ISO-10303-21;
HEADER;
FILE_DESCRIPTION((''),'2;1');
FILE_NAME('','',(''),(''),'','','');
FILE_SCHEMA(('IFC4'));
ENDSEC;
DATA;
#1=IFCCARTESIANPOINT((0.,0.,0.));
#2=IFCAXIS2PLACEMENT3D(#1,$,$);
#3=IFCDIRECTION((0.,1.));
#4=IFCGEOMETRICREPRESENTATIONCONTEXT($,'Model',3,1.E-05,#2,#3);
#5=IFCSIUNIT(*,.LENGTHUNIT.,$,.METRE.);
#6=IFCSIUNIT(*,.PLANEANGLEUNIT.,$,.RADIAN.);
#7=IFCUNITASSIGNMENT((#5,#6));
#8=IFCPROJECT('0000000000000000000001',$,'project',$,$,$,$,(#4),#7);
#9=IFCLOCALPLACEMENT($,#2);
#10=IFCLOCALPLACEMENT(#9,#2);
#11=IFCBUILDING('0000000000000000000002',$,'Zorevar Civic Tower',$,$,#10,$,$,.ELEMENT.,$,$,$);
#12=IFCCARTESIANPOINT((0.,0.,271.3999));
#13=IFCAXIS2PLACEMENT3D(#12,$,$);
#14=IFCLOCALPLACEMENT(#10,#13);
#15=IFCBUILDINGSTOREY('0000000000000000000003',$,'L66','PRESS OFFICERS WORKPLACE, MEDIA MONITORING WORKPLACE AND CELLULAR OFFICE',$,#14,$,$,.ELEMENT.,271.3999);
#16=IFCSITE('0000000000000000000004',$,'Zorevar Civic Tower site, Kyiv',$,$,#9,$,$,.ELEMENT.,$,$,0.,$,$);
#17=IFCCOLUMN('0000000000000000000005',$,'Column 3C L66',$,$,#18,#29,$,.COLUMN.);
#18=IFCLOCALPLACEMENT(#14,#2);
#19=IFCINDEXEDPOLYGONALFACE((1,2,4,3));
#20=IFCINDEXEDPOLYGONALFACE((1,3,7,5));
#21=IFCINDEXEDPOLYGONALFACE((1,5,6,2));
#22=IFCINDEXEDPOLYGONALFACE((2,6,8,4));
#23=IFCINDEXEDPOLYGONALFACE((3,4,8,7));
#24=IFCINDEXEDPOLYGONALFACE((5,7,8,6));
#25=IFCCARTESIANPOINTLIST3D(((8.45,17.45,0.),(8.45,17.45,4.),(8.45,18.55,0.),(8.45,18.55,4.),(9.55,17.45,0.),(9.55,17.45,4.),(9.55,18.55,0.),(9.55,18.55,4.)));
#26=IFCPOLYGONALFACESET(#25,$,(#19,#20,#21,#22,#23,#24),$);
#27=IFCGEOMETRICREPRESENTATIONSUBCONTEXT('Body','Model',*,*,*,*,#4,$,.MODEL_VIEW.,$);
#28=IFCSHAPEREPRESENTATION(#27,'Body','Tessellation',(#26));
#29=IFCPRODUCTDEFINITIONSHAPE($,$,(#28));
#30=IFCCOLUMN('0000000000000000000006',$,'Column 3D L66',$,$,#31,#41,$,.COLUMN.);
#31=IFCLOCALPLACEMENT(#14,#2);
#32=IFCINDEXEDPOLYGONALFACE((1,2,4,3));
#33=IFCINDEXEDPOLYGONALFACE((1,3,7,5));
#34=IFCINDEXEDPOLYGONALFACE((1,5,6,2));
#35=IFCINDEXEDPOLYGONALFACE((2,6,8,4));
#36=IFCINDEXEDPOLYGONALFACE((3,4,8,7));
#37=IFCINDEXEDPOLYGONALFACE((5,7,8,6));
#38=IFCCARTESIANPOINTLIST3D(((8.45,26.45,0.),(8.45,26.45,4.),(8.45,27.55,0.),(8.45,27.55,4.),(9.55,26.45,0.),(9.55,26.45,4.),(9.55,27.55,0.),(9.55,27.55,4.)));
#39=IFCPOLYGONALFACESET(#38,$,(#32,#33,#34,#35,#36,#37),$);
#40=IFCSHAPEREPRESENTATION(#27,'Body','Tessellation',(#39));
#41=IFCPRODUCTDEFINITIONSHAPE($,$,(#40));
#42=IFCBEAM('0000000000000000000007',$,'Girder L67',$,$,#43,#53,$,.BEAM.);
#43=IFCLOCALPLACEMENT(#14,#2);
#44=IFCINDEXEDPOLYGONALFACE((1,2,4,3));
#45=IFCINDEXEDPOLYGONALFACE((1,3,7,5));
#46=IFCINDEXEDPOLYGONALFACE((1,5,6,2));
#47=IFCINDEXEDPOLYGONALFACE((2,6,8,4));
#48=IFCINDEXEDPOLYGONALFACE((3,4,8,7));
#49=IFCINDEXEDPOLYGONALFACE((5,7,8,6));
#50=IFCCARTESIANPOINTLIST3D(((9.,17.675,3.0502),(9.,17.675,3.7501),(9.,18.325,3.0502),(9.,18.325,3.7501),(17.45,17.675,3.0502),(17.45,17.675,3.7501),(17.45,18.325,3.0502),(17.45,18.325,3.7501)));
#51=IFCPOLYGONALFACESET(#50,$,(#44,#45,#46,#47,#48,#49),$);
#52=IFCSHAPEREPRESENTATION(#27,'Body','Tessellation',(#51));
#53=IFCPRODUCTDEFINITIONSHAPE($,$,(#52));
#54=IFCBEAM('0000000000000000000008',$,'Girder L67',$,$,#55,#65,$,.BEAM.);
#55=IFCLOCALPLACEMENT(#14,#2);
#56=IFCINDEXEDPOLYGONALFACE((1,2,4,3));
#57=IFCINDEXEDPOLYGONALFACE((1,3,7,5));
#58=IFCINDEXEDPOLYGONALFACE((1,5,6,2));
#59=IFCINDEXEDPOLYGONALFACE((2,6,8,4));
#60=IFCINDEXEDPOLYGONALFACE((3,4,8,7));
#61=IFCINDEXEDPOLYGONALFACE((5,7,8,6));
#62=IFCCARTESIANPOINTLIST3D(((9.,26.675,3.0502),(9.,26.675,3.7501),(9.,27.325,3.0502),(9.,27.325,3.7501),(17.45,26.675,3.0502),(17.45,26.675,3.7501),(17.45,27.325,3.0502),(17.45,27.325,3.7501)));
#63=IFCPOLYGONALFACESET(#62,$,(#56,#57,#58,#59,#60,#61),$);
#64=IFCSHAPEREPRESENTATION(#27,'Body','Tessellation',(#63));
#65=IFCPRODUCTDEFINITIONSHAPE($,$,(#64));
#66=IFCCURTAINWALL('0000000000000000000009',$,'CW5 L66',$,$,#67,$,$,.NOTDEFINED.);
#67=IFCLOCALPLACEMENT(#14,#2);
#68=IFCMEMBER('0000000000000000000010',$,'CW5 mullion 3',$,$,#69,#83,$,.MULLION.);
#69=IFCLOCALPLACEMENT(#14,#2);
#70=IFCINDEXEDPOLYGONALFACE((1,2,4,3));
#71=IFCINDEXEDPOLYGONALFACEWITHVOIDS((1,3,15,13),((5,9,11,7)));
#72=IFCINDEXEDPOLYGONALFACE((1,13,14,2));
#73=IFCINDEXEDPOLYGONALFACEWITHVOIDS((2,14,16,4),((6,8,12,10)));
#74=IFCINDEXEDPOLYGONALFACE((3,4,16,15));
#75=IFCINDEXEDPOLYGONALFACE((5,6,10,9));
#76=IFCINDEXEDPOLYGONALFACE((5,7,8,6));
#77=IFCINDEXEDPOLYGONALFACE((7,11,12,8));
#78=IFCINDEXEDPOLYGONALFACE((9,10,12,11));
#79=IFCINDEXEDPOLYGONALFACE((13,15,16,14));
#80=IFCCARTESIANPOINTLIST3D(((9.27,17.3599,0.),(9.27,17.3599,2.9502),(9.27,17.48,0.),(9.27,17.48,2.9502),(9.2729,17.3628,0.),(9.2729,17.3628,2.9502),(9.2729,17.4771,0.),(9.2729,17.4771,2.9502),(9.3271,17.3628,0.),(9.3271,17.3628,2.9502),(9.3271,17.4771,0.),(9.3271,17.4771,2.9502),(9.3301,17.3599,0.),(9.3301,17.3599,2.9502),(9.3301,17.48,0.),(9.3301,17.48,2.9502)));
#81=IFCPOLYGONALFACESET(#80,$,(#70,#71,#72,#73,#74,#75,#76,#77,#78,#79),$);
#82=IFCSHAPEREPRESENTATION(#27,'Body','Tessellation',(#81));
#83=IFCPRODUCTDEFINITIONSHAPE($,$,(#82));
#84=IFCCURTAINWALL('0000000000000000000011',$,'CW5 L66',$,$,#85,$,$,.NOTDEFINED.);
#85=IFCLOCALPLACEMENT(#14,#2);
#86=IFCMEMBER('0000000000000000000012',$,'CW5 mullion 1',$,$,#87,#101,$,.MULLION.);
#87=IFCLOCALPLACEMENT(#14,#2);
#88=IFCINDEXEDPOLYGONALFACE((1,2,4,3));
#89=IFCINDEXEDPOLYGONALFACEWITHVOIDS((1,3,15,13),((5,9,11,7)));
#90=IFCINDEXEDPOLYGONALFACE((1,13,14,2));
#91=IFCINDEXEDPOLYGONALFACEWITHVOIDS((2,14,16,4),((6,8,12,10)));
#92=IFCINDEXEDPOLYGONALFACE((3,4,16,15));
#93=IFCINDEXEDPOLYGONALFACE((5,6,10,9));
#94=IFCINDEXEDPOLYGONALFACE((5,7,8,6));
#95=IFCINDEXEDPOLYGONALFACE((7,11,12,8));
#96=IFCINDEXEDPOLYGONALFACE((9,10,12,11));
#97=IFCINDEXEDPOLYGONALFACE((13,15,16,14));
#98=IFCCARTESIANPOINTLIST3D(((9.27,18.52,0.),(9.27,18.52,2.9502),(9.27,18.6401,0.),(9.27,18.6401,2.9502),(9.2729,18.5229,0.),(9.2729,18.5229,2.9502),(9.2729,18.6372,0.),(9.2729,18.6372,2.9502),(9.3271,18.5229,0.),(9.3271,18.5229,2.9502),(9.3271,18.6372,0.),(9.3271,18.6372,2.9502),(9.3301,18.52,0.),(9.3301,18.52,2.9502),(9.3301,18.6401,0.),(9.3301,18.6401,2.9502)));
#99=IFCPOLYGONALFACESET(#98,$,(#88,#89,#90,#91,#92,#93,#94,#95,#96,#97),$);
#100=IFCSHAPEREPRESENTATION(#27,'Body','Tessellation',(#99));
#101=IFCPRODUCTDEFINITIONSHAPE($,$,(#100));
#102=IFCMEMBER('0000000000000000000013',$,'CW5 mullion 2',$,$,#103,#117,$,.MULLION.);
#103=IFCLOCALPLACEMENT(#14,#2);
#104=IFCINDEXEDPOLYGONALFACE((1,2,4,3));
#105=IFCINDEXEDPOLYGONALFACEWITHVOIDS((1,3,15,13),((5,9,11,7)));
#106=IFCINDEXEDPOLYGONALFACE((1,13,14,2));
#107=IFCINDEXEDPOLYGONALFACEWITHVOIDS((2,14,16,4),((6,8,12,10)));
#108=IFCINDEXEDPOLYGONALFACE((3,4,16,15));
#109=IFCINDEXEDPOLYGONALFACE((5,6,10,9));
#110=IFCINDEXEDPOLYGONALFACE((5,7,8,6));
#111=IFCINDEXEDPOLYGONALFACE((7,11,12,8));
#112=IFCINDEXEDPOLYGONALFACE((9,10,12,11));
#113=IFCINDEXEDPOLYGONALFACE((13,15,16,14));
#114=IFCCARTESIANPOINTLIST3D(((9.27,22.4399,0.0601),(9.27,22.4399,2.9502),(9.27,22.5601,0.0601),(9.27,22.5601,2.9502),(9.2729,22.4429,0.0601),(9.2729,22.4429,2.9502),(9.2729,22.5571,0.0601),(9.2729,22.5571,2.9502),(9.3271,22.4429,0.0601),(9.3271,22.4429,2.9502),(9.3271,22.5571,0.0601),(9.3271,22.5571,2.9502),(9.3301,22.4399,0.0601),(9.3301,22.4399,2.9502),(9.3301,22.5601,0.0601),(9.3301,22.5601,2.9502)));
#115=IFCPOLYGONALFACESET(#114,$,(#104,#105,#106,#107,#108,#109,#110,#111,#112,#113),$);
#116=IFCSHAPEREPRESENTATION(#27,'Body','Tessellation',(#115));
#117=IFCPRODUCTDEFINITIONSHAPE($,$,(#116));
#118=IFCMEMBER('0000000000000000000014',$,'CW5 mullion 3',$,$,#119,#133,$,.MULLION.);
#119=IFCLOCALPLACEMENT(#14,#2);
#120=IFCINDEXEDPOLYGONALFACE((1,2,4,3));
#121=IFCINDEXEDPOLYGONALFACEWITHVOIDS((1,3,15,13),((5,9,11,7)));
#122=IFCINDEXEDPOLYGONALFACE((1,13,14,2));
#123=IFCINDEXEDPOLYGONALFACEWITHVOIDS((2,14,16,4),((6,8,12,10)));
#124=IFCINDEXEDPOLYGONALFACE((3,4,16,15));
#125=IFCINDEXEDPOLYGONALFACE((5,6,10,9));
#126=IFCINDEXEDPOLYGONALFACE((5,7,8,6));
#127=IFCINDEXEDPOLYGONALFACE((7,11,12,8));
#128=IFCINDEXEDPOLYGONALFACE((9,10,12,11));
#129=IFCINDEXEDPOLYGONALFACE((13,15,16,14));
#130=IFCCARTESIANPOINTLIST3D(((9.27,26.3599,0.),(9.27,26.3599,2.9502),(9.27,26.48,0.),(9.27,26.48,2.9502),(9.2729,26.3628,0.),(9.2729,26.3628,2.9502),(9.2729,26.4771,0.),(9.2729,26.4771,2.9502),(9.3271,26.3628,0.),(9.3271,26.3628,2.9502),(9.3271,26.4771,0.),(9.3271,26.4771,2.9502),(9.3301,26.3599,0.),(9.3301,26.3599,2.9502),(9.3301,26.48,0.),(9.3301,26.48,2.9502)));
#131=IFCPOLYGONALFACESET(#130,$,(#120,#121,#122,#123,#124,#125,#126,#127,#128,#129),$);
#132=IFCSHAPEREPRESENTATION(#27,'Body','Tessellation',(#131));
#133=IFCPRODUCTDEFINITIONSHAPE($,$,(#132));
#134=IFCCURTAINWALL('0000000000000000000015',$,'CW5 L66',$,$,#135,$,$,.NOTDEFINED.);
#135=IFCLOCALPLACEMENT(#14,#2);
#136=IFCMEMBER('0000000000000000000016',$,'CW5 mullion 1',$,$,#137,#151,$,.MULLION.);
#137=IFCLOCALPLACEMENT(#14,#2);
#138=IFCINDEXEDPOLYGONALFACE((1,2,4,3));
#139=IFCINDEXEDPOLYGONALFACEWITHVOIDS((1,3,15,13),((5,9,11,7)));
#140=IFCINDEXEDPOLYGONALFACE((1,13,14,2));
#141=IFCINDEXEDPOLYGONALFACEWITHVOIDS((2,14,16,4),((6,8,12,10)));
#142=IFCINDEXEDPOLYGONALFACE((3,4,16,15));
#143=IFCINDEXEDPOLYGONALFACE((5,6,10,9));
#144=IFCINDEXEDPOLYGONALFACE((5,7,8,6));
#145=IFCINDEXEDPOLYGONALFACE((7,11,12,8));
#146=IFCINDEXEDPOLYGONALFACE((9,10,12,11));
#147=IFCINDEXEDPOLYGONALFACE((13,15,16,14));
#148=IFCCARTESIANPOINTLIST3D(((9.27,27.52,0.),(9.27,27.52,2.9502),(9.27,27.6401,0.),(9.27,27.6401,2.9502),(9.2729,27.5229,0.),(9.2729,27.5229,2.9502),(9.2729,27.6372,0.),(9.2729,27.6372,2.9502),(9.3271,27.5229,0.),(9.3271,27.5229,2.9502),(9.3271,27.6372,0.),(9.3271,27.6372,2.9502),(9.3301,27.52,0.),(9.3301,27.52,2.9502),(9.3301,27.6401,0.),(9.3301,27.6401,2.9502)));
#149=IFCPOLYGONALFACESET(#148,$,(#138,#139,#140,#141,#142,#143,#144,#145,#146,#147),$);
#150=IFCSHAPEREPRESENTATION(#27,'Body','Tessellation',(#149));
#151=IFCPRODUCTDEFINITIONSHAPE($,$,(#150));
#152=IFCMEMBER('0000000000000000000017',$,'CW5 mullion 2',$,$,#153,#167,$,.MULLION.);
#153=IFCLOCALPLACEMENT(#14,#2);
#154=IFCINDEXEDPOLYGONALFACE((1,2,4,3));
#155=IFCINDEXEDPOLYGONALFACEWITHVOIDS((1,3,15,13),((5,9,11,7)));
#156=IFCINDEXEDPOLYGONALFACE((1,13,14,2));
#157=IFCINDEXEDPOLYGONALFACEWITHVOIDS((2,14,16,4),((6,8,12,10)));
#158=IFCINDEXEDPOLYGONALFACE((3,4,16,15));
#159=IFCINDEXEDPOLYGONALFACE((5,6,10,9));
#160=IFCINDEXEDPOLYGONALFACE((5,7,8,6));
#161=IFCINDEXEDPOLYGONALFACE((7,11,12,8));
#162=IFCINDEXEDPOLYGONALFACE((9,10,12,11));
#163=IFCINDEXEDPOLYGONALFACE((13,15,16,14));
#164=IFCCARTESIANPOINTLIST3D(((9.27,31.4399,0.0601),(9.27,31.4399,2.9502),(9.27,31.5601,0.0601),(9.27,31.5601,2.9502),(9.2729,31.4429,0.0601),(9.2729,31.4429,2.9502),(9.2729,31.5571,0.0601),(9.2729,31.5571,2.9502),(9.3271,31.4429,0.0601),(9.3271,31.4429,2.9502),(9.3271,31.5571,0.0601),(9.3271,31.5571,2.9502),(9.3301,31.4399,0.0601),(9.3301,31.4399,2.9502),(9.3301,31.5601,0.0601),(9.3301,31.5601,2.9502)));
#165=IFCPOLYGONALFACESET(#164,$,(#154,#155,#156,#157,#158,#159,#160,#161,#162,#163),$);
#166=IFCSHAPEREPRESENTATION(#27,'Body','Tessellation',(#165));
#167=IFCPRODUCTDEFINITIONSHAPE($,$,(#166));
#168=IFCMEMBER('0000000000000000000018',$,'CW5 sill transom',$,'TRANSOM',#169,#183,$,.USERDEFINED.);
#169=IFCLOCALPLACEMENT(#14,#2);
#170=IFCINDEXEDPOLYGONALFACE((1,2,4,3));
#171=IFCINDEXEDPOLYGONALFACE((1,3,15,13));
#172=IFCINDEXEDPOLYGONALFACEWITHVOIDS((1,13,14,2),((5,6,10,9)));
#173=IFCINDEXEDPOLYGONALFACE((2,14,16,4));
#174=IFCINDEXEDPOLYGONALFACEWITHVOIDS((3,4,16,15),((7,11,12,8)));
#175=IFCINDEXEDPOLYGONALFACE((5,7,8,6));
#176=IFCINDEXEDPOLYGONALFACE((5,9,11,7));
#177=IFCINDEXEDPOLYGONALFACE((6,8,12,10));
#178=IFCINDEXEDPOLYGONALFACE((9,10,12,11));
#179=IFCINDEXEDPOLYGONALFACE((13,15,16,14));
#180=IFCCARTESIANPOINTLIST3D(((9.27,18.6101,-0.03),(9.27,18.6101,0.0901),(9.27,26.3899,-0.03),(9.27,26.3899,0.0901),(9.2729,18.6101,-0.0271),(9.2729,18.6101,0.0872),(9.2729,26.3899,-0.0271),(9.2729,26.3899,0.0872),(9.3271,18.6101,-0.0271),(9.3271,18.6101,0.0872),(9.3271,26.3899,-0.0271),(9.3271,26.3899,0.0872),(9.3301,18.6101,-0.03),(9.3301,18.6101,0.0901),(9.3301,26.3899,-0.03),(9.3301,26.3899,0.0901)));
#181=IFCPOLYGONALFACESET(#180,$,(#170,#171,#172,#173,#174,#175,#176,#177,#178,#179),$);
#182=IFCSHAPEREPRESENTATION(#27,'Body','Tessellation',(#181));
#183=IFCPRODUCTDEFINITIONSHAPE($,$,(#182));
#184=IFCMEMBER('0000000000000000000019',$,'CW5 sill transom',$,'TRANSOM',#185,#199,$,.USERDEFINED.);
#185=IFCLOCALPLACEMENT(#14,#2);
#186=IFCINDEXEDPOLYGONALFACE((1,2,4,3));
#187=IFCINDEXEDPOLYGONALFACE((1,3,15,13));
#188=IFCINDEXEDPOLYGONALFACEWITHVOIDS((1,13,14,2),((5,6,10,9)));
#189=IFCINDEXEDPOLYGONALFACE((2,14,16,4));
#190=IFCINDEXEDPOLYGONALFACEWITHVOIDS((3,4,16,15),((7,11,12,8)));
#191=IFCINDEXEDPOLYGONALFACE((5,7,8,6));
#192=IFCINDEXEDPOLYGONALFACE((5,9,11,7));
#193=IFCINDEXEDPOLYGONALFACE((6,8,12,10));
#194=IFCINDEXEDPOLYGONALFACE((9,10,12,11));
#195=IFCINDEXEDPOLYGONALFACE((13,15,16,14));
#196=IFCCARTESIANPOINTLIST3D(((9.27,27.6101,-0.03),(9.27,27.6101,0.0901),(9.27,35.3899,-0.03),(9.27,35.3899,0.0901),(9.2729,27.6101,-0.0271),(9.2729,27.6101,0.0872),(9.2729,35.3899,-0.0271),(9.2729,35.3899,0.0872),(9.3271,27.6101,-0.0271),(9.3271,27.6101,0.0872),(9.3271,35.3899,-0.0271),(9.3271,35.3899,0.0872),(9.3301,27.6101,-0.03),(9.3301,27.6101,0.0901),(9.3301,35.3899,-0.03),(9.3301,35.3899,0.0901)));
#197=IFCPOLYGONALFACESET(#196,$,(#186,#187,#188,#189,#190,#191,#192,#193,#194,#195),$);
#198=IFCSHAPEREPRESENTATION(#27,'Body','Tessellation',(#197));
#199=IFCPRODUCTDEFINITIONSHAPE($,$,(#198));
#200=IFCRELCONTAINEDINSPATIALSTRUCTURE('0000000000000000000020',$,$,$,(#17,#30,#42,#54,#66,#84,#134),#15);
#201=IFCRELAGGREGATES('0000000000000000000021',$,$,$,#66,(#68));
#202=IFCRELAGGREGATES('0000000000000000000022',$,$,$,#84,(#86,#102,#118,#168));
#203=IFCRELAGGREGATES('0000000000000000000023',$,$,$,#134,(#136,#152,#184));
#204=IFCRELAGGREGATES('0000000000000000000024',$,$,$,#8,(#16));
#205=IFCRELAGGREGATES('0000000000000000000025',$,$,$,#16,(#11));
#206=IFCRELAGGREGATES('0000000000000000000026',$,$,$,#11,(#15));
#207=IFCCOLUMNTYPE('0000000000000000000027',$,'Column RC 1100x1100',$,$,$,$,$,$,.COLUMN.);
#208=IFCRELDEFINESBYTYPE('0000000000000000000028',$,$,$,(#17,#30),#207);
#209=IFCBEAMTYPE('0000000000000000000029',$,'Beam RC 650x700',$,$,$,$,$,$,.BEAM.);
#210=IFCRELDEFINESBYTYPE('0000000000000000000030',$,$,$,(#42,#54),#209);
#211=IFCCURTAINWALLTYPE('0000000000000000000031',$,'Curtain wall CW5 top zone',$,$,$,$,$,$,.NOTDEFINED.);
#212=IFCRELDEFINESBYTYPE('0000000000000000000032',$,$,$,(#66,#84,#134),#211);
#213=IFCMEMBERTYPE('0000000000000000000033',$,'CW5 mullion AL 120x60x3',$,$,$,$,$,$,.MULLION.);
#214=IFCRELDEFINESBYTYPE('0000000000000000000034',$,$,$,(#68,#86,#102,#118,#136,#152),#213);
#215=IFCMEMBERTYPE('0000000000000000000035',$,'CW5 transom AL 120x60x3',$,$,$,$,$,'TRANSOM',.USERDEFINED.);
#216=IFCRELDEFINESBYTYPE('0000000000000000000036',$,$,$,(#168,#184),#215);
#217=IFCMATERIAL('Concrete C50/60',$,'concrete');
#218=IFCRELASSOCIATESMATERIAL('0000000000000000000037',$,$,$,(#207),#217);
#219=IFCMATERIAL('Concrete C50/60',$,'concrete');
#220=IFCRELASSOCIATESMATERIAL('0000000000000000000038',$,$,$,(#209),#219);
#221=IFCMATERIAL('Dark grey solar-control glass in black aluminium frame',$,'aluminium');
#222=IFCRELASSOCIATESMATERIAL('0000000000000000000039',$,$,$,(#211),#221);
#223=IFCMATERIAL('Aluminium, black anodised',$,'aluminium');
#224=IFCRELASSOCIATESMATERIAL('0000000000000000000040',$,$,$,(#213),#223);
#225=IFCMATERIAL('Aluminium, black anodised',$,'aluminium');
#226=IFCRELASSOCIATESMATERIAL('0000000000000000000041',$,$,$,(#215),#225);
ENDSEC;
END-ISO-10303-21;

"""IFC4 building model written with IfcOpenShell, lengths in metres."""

from ifc_helpers import new_model, si_unit, direction, frame, origin, origin_2d, place, context, subcontext, project, spatial, rectangle, hollow_rectangle, extrude, material, material_profile, profile_set, type_object, element, aggregate, save


model = new_model("IFC4")

# Units and contexts
model_context = context("Model", 3, precision=1e-05, world=origin(), true_north=direction((0.0, 1.0)))
body_context = subcontext(model_context, "Body", "Model", "MODEL_VIEW")
ifc_project = project(units=[si_unit("LENGTHUNIT", "METRE"), si_unit("PLANEANGLEUNIT", "RADIAN")], contexts=[model_context])

# Site, building, storey
site_placement = place(None, origin())
site = spatial("IfcSite", under=ifc_project, at=site_placement, Name="Zorevar Civic Tower site, Kyiv", CompositionType="ELEMENT", RefElevation=0.0)
building_placement = place(site_placement, origin())
building = spatial("IfcBuilding", under=site, at=building_placement, Name="Zorevar Civic Tower", CompositionType="ELEMENT")
storey_placement = place(building_placement, frame((0.0, 0.0, 271.3999)))
storey = spatial("IfcBuildingStorey", under=building, at=storey_placement, Name="L66", Description="PRESS OFFICERS WORKPLACE, MEDIA MONITORING WORKPLACE AND CELLULAR OFFICE", CompositionType="ELEMENT", Elevation=271.3999)

# Columns
ifc_material_1 = material(Name="Concrete C50/60", Category="concrete")
ifc_material_profile_1 = material_profile(ifc_material_1, rectangle(XDim=1.1001, YDim=1.1001, at=origin_2d()), Name="RC 1100x1100")
ifc_profile_set_1 = profile_set([ifc_material_profile_1], Name="Concrete C50/60")
column_type = type_object("IfcColumnType", Name="Column RC 1100x1100", PredefinedType="COLUMN", material=ifc_profile_set_1)
for number, where, z_axis, x_axis, name in (
    (1, (9.0, 18.0, 0.0), (0.0, 0.0, 1.0), (1.0, 0.0, 0.0), "Column 3C L66"),
    (2, (9.0, 27.0, 0.0), (0.0, 0.0, 1.0), (1.0, 0.0, 0.0), "Column 3D L66"),
):
    element("IfcColumn", number, at=place(storey_placement, frame(where, z_axis=z_axis, x_axis=x_axis)), inside=storey, type_object=column_type, Name=name, PredefinedType="COLUMN", context=body_context, shape_type="SweptSolid", body=[
        extrude(rectangle(XDim=1.1001, YDim=1.1001, at=origin_2d()), origin(), (0.0, 0.0, 1.0), 4.0),
    ])

# Beams
ifc_material_2 = material(Name="Concrete C50/60", Category="concrete")
ifc_material_profile_2 = material_profile(ifc_material_2, rectangle(XDim=0.6499, YDim=0.7, at=origin_2d()), Name="RC 650x700")
ifc_profile_set_2 = profile_set([ifc_material_profile_2], Name="Concrete C50/60")
beam_type_1 = type_object("IfcBeamType", Name="Beam RC 650x700", PredefinedType="BEAM", material=ifc_profile_set_2)
for number, where, z_axis, x_axis, name in (
    (3, (9.0, 18.0, 3.4001), (1.0, 0.0, 0.0), (0.0, 1.0, 0.0), "Girder L67"),
    (4, (9.0, 27.0, 3.4001), (1.0, 0.0, 0.0), (0.0, 1.0, 0.0), "Girder L67"),
):
    element("IfcBeam", number, at=place(storey_placement, frame(where, z_axis=z_axis, x_axis=x_axis)), inside=storey, type_object=beam_type_1, Name=name, PredefinedType="BEAM", context=body_context, shape_type="SweptSolid", body=[
        extrude(rectangle(XDim=0.6499, YDim=0.7, at=origin_2d()), origin(), (0.0, 0.0, 1.0), 8.45),
    ])

# Curtain wall, member
ifc_material_3 = material(Name="Dark grey solar-control glass in black aluminium frame", Category="aluminium")
curtain_wall_type = type_object("IfcCurtainWallType", Name="Curtain wall CW5 top zone", PredefinedType="NOTDEFINED", material=ifc_material_3)
curtain_wall_1_placement = place(storey_placement, origin())
curtain_wall_1 = element("IfcCurtainWall", 5, at=curtain_wall_1_placement, inside=storey, type_object=curtain_wall_type, Name="CW5 L66", PredefinedType="NOTDEFINED")
ifc_material_4 = material(Name="Aluminium, black anodised", Category="aluminium")
ifc_material_profile_3 = material_profile(ifc_material_4, hollow_rectangle(XDim=0.0601, YDim=0.1201, WallThickness=0.0029, at=origin_2d()), Name="AL 120x60x3")
ifc_profile_set_3 = profile_set([ifc_material_profile_3], Name="Aluminium, black anodised")
member_type_1 = type_object("IfcMemberType", Name="CW5 mullion AL 120x60x3", PredefinedType="MULLION", material=ifc_profile_set_3)
member_1_placement = place(storey_placement, frame((9.3, 17.4199, 0.0), z_axis=(0.0, 0.0, 1.0), x_axis=(-1.0, 0.0, 0.0)))
member_1 = element("IfcMember", 6, at=member_1_placement, type_object=member_type_1, Name="CW5 mullion 3", PredefinedType="MULLION", context=body_context, shape_type="SweptSolid", body=[
    extrude(hollow_rectangle(XDim=0.0601, YDim=0.1201, WallThickness=0.0029, at=origin_2d()), origin(), (0.0, 0.0, 1.0), 2.9502),
])

# Curtain walls, members
curtain_wall_2_placement = place(storey_placement, origin())
curtain_wall_2 = element("IfcCurtainWall", 7, at=curtain_wall_2_placement, inside=storey, type_object=curtain_wall_type, Name="CW5 L66", PredefinedType="NOTDEFINED")
member_2_placement = place(storey_placement, frame((9.3, 18.5801, 0.0), z_axis=(0.0, 0.0, 1.0), x_axis=(-1.0, 0.0, 0.0)))
member_2 = element("IfcMember", 8, at=member_2_placement, type_object=member_type_1, Name="CW5 mullion 1", PredefinedType="MULLION", context=body_context, shape_type="SweptSolid", body=[
    extrude(hollow_rectangle(XDim=0.0601, YDim=0.1201, WallThickness=0.0029, at=origin_2d()), origin(), (0.0, 0.0, 1.0), 2.9502),
])
member_3_placement = place(storey_placement, frame((9.3, 22.5, 0.0601), z_axis=(0.0, 0.0, 1.0), x_axis=(-1.0, 0.0, 0.0)))
member_3 = element("IfcMember", 9, at=member_3_placement, type_object=member_type_1, Name="CW5 mullion 2", PredefinedType="MULLION", context=body_context, shape_type="SweptSolid", body=[
    extrude(hollow_rectangle(XDim=0.0601, YDim=0.1201, WallThickness=0.0029, at=origin_2d()), origin(), (0.0, 0.0, 1.0), 2.8901),
])
member_4_placement = place(storey_placement, frame((9.3, 26.4199, 0.0), z_axis=(0.0, 0.0, 1.0), x_axis=(-1.0, 0.0, 0.0)))
member_4 = element("IfcMember", 10, at=member_4_placement, type_object=member_type_1, Name="CW5 mullion 3", PredefinedType="MULLION", context=body_context, shape_type="SweptSolid", body=[
    extrude(hollow_rectangle(XDim=0.0601, YDim=0.1201, WallThickness=0.0029, at=origin_2d()), origin(), (0.0, 0.0, 1.0), 2.9502),
])
curtain_wall_3_placement = place(storey_placement, origin())
curtain_wall_3 = element("IfcCurtainWall", 11, at=curtain_wall_3_placement, inside=storey, type_object=curtain_wall_type, Name="CW5 L66", PredefinedType="NOTDEFINED")
member_5_placement = place(storey_placement, frame((9.3, 27.5801, 0.0), z_axis=(0.0, 0.0, 1.0), x_axis=(-1.0, 0.0, 0.0)))
member_5 = element("IfcMember", 12, at=member_5_placement, type_object=member_type_1, Name="CW5 mullion 1", PredefinedType="MULLION", context=body_context, shape_type="SweptSolid", body=[
    extrude(hollow_rectangle(XDim=0.0601, YDim=0.1201, WallThickness=0.0029, at=origin_2d()), origin(), (0.0, 0.0, 1.0), 2.9502),
])
member_6_placement = place(storey_placement, frame((9.3, 31.5, 0.0601), z_axis=(0.0, 0.0, 1.0), x_axis=(-1.0, 0.0, 0.0)))
member_6 = element("IfcMember", 13, at=member_6_placement, type_object=member_type_1, Name="CW5 mullion 2", PredefinedType="MULLION", context=body_context, shape_type="SweptSolid", body=[
    extrude(hollow_rectangle(XDim=0.0601, YDim=0.1201, WallThickness=0.0029, at=origin_2d()), origin(), (0.0, 0.0, 1.0), 2.8901),
])

# Members
ifc_material_5 = material(Name="Aluminium, black anodised", Category="aluminium")
ifc_material_profile_4 = material_profile(ifc_material_5, hollow_rectangle(XDim=0.0601, YDim=0.1201, WallThickness=0.0029, at=origin_2d()), Name="AL 120x60x3")
ifc_profile_set_4 = profile_set([ifc_material_profile_4], Name="Aluminium, black anodised")
member_type_2 = type_object("IfcMemberType", Name="CW5 transom AL 120x60x3", ElementType="TRANSOM", PredefinedType="USERDEFINED", material=ifc_profile_set_4)
member_7_placement = place(storey_placement, frame((9.3, 18.6101, 0.03), z_axis=(0.0, 1.0, 0.0), x_axis=(-1.0, 0.0, 0.0)))
member_7 = element("IfcMember", 14, at=member_7_placement, type_object=member_type_2, Name="CW5 sill transom", ObjectType="TRANSOM", PredefinedType="USERDEFINED", context=body_context, shape_type="SweptSolid", body=[
    extrude(hollow_rectangle(XDim=0.0601, YDim=0.1201, WallThickness=0.0029, at=origin_2d()), origin(), (0.0, 0.0, 1.0), 7.7798),
])
member_8_placement = place(storey_placement, frame((9.3, 27.6101, 0.03), z_axis=(0.0, 1.0, 0.0), x_axis=(-1.0, 0.0, 0.0)))
member_8 = element("IfcMember", 15, at=member_8_placement, type_object=member_type_2, Name="CW5 sill transom", ObjectType="TRANSOM", PredefinedType="USERDEFINED", context=body_context, shape_type="SweptSolid", body=[
    extrude(hollow_rectangle(XDim=0.0601, YDim=0.1201, WallThickness=0.0029, at=origin_2d()), origin(), (0.0, 0.0, 1.0), 7.7798),
])

aggregate(curtain_wall_1, [member_1])
aggregate(curtain_wall_2, [member_2, member_3, member_4, member_7])
aggregate(curtain_wall_3, [member_5, member_6, member_8])

save(model, "model.ifc")
